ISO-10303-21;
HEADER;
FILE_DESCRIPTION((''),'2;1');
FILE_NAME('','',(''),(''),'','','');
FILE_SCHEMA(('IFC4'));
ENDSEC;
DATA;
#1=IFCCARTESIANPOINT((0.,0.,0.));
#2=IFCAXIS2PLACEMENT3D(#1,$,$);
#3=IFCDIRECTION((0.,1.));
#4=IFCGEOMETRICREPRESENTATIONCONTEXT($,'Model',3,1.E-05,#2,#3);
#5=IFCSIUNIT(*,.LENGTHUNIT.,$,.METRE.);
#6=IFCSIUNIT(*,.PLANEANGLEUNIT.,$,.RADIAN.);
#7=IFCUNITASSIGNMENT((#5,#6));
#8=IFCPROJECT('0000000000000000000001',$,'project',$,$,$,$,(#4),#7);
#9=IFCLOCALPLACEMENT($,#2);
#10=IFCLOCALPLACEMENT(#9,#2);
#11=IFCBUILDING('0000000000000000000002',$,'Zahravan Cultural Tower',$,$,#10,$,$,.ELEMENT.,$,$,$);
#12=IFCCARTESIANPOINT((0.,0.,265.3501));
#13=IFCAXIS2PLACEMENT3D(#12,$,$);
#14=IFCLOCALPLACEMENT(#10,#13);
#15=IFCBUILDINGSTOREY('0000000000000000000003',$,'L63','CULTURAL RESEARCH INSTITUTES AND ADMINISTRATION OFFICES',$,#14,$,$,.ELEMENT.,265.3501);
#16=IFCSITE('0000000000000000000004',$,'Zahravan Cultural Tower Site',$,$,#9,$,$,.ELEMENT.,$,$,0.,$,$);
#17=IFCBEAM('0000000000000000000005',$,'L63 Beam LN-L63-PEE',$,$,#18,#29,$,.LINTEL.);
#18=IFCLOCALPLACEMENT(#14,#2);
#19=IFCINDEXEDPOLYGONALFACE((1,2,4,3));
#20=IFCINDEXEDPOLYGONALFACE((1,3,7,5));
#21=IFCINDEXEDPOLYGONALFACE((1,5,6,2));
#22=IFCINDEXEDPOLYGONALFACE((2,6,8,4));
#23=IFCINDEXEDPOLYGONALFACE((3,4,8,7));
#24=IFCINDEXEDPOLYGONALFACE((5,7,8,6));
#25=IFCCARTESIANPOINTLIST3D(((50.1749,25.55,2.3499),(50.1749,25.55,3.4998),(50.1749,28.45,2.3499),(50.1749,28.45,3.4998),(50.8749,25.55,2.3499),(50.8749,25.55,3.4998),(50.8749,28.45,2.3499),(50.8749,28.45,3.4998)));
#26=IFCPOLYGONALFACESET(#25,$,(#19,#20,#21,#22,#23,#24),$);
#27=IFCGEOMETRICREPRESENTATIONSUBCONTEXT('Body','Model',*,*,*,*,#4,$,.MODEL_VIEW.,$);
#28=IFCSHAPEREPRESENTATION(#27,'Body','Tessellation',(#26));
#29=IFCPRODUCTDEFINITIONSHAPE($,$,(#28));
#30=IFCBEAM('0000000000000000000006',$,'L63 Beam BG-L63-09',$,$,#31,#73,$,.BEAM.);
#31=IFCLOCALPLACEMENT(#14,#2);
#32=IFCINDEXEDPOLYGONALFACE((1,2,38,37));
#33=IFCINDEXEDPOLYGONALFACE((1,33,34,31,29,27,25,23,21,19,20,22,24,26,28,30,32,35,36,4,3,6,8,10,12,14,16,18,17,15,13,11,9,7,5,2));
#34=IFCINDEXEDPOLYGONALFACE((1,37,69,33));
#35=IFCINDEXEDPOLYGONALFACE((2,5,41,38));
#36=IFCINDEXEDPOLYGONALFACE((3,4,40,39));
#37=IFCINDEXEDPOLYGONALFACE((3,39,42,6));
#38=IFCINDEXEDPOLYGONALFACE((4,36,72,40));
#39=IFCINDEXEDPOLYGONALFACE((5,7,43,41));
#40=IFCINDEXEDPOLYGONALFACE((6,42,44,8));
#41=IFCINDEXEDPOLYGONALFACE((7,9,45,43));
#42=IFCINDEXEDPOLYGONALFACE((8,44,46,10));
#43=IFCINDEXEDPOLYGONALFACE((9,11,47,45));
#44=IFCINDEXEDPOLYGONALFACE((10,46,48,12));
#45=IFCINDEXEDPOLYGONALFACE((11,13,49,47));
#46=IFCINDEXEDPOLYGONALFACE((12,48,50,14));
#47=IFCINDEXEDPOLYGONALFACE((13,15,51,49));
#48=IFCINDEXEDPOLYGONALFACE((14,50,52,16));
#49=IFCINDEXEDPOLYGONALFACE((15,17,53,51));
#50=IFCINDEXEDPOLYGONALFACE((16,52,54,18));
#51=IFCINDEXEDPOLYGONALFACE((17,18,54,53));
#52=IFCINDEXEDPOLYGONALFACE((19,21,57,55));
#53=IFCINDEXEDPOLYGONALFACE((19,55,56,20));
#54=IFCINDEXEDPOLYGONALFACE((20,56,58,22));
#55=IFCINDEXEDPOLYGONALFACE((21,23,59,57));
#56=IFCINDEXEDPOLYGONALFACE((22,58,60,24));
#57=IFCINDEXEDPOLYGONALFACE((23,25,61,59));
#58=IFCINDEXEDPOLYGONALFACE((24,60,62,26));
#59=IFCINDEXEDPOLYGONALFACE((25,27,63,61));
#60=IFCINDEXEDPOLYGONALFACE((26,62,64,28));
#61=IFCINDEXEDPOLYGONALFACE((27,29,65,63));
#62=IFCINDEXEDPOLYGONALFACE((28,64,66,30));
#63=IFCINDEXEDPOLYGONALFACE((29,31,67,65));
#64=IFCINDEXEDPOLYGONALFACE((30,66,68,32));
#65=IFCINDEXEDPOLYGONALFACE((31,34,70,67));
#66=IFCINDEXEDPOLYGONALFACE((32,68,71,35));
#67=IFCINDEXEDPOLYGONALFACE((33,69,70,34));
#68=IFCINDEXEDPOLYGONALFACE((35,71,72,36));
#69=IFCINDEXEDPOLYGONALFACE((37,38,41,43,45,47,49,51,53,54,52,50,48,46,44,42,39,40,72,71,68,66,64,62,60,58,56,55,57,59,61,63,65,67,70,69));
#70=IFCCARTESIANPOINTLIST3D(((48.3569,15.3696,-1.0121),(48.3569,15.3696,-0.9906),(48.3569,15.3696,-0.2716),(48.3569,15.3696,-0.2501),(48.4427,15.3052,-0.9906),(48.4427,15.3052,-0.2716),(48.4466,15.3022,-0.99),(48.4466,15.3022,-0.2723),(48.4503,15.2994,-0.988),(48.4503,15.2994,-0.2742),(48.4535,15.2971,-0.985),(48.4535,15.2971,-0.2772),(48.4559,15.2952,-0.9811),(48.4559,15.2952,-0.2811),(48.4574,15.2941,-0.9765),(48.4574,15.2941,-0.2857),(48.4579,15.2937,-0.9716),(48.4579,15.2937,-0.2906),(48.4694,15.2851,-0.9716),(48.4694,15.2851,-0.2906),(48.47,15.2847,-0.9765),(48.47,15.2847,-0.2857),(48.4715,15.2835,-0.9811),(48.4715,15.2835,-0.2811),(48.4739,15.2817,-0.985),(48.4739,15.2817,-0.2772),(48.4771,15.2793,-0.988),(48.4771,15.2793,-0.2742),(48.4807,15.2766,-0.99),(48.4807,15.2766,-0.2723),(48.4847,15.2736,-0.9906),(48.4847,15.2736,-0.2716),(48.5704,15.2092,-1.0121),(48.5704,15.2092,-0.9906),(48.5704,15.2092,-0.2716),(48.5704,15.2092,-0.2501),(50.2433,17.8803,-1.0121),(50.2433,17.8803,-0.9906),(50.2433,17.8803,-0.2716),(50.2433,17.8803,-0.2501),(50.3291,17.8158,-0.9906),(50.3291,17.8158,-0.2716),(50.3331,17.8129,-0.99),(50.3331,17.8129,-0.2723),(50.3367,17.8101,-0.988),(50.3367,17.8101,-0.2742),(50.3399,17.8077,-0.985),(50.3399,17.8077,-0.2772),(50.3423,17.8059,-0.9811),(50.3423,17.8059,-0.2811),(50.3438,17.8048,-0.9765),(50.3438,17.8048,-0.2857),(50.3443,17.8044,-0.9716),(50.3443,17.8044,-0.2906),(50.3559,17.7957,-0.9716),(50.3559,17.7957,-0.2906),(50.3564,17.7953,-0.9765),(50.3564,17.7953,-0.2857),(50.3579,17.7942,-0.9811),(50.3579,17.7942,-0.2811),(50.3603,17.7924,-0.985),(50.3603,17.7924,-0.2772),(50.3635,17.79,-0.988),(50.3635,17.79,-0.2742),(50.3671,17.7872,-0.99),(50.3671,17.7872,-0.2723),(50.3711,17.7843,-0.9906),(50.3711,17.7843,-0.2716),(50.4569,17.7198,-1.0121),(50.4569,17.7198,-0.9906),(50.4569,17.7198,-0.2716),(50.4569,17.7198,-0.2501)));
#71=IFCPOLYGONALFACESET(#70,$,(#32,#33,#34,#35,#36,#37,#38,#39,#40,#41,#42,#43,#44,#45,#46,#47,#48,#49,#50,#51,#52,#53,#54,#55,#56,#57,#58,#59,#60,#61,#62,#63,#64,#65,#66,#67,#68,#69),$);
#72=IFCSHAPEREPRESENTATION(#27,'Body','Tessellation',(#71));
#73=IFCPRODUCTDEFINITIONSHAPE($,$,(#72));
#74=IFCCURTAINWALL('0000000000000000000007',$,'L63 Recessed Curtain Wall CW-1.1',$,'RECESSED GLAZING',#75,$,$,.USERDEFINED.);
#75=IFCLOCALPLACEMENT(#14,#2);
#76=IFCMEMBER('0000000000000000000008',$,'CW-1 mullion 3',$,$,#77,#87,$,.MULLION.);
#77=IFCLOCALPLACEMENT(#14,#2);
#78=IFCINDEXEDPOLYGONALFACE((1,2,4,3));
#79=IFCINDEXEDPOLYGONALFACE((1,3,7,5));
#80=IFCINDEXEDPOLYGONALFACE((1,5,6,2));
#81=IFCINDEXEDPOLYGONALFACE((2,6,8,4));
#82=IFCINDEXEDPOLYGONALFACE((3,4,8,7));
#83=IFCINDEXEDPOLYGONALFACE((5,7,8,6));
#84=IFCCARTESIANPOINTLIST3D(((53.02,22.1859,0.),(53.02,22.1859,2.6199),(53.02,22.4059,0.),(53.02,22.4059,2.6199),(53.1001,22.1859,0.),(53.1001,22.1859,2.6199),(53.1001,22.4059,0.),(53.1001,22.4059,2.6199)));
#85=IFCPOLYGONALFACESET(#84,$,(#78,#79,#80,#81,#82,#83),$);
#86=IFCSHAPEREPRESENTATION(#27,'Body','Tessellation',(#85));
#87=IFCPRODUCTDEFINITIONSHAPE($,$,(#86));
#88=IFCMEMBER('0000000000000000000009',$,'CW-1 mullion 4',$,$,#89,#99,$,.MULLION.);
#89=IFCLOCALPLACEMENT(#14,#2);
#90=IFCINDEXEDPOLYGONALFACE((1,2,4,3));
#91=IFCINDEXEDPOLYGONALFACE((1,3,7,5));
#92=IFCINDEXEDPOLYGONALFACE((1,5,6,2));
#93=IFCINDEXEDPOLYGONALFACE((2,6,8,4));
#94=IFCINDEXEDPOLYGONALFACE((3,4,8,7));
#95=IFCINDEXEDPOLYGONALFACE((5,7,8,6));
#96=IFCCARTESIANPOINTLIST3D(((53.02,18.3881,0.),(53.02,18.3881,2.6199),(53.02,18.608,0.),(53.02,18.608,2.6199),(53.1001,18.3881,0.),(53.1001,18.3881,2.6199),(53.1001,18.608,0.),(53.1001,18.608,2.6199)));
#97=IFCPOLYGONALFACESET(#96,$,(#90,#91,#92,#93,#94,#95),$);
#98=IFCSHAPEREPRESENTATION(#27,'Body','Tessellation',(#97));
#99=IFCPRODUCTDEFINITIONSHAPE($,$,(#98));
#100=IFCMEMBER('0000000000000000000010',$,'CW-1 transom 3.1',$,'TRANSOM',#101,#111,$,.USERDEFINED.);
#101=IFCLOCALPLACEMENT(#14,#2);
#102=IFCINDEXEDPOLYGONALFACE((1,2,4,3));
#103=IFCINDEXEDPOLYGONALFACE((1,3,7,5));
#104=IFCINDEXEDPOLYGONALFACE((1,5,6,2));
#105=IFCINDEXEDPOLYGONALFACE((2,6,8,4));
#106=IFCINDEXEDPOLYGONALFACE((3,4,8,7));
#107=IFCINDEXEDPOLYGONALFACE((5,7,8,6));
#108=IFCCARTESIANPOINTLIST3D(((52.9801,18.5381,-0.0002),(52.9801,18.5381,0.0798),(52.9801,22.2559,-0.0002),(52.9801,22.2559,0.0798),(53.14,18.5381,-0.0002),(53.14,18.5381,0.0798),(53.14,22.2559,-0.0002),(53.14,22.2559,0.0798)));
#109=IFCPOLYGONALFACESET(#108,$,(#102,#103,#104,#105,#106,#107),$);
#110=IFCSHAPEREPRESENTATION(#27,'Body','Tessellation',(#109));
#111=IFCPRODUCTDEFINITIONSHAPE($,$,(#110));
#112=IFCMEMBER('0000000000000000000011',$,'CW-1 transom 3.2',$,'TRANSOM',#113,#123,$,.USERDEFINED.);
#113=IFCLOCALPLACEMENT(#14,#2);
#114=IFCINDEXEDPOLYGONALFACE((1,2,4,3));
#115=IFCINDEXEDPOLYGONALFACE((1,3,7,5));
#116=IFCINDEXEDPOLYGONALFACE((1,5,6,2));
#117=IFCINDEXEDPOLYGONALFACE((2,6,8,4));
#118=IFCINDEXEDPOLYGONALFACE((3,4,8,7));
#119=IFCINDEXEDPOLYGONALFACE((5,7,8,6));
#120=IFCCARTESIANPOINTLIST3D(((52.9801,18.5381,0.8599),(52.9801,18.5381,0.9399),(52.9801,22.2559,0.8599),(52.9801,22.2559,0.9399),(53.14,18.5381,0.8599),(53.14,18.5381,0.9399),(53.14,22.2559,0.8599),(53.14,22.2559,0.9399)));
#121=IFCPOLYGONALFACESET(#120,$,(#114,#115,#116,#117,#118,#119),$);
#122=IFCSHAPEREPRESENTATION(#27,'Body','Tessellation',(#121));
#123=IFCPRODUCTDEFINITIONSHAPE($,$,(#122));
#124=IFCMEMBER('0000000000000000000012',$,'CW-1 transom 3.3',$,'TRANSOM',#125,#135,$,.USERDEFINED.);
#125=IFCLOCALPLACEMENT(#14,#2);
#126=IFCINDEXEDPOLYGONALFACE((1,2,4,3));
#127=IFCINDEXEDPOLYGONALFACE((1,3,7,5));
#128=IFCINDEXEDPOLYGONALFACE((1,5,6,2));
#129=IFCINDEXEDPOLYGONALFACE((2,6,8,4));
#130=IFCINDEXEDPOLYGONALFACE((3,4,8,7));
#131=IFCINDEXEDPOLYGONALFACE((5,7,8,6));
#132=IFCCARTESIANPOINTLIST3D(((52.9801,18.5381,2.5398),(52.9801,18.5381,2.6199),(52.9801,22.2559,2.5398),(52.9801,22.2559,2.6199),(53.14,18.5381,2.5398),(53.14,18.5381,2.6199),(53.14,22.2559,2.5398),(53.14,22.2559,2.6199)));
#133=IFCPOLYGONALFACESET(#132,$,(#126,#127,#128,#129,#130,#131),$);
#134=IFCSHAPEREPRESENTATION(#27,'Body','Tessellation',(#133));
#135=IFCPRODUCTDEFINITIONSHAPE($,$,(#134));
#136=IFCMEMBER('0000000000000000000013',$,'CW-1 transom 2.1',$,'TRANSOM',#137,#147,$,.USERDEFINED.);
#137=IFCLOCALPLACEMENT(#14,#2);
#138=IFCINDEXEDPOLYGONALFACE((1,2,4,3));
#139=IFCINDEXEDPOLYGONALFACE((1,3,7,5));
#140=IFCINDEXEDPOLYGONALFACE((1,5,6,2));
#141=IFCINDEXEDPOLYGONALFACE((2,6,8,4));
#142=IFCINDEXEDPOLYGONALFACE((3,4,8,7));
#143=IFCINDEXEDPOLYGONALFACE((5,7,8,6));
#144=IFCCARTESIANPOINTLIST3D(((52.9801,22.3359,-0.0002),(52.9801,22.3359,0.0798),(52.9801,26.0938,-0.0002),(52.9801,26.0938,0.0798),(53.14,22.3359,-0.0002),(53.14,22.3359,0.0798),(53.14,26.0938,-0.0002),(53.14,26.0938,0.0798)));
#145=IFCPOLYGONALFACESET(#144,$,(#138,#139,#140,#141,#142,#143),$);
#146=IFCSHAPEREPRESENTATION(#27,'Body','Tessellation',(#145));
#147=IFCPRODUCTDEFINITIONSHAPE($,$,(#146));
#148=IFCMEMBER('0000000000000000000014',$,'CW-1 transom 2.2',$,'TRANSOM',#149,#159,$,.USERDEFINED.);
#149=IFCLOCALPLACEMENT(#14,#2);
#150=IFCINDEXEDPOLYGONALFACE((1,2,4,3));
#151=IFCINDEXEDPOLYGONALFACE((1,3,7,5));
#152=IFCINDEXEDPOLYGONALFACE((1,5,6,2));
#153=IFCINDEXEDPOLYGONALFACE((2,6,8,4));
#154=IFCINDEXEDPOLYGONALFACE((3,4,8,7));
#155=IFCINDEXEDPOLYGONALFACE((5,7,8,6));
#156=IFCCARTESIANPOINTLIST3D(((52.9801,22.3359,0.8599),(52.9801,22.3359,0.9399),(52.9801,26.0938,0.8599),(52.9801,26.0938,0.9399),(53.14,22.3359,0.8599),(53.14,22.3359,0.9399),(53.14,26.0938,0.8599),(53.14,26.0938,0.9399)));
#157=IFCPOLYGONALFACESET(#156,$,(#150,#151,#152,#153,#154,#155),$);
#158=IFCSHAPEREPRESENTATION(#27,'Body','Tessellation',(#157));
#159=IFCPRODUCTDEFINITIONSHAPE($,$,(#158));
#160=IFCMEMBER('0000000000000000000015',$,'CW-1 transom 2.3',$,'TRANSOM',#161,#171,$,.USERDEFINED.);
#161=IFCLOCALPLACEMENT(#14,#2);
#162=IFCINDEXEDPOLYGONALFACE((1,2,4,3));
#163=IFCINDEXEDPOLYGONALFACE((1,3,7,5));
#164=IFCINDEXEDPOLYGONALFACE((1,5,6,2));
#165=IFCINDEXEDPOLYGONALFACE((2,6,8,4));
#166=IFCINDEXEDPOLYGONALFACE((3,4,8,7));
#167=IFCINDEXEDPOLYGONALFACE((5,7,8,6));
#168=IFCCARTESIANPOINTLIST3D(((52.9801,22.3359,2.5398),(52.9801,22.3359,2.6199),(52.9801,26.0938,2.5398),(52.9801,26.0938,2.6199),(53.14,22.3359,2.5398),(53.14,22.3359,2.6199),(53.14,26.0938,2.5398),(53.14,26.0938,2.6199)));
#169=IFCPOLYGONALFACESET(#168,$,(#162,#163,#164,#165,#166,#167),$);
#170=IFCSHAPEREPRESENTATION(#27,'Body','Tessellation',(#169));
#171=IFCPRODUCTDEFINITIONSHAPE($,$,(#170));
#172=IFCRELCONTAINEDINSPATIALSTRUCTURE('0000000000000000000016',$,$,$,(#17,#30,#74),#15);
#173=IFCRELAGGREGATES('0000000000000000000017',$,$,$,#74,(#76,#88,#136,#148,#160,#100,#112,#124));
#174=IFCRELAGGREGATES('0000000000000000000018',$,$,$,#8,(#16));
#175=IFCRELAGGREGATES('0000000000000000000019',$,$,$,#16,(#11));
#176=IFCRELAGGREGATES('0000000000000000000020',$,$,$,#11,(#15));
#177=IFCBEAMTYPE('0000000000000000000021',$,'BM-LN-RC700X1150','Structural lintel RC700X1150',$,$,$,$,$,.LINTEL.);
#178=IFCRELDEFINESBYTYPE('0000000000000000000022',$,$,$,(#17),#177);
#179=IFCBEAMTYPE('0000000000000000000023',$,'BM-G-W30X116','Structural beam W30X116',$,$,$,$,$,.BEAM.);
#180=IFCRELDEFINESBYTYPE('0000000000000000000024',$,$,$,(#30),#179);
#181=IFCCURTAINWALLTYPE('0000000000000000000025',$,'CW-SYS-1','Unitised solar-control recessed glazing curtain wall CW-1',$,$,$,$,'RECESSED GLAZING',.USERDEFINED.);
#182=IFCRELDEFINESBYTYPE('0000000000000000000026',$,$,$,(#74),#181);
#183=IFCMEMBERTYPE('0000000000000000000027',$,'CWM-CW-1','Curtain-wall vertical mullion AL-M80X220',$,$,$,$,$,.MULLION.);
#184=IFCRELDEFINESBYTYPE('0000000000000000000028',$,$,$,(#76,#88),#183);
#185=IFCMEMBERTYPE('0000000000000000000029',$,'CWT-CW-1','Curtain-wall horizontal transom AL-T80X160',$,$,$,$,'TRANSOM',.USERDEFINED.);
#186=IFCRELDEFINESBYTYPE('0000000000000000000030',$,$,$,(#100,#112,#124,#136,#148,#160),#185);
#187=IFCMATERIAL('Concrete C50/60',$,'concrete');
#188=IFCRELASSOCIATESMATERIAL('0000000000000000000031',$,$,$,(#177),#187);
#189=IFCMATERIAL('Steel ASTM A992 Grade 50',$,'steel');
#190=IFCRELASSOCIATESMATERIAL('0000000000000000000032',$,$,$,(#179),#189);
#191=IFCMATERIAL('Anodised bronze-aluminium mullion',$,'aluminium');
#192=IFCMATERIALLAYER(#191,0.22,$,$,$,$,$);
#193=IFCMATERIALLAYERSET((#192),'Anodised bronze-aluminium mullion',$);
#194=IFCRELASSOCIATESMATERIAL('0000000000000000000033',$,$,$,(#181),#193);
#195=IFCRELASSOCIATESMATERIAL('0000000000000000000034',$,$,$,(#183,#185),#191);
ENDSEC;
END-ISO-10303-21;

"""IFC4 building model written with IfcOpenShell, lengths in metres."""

from ifc_helpers import new_model, si_unit, direction, frame, origin, origin_2d, place, context, subcontext, project, spatial, rectangle, i_section, extrude, source, transform, mapped, material, layer, layer_set, material_profile, profile_set, type_object, element, aggregate, save


model = new_model("IFC4")

# Units and contexts
model_context = context("Model", 3, precision=1e-05, world=origin(), true_north=direction((0.0, 1.0)))
body_context = subcontext(model_context, "Body", "Model", "MODEL_VIEW")
ifc_project = project(units=[si_unit("LENGTHUNIT", "METRE"), si_unit("PLANEANGLEUNIT", "RADIAN")], contexts=[model_context])

# Site, building, storey
site_placement = place(None, origin())
site = spatial("IfcSite", under=ifc_project, at=site_placement, Name="Zahravan Cultural Tower Site", CompositionType="ELEMENT", RefElevation=0.0)
building_placement = place(site_placement, origin())
building = spatial("IfcBuilding", under=site, at=building_placement, Name="Zahravan Cultural Tower", CompositionType="ELEMENT")
storey_placement = place(building_placement, frame((0.0, 0.0, 265.3501)))
storey = spatial("IfcBuildingStorey", under=building, at=storey_placement, Name="L63", Description="CULTURAL RESEARCH INSTITUTES AND ADMINISTRATION OFFICES", CompositionType="ELEMENT", Elevation=265.3501)

# Beams
ifc_material_1 = material(Name="Concrete C50/60", Category="concrete")
ifc_material_profile_1 = material_profile(ifc_material_1, rectangle(XDim=0.7, YDim=1.1499, at=origin_2d()), Name="RC700X1150")
ifc_profile_set_1 = profile_set([ifc_material_profile_1], Name="Concrete C50/60")
beam_type_1 = type_object("IfcBeamType", Name="BM-LN-RC700X1150", Description="Structural lintel RC700X1150", PredefinedType="LINTEL", material=ifc_profile_set_1)
shared_shape_1 = source(origin(), body_context, "Body", "SweptSolid", [
    extrude(rectangle(XDim=0.7, YDim=1.1499, at=origin_2d()), origin(), (0.0, 0.0, 1.0), 2.8999),
])
beam_1_placement = place(storey_placement, frame((50.5249, 25.55, 2.9248), z_axis=(0.0, 1.0, 0.0), x_axis=(-1.0, 0.0, 0.0)))
element("IfcBeam", 1, at=beam_1_placement, inside=storey, type_object=beam_type_1, Name="L63 Beam LN-L63-PEE", PredefinedType="LINTEL", context=body_context, shape_type="MappedRepresentation", body=[
    mapped(shared_shape_1, transform((0.0, 0.0, 0.0), x_axis=(1.0, 0.0, 0.0), y_axis=(0.0, 1.0, 0.0), z_axis=(0.0, 0.0, 1.0), scale=1.0)),
])
ifc_material_2 = material(Name="Steel ASTM A992 Grade 50", Category="steel")
ifc_material_profile_2 = material_profile(ifc_material_2, i_section(OverallWidth=0.2671, OverallDepth=0.762, WebThickness=0.0144, FlangeThickness=0.0215, FilletRadius=0.019, at=origin_2d()), Name="W30X116")
ifc_profile_set_2 = profile_set([ifc_material_profile_2], Name="Steel ASTM A992 Grade 50")
beam_type_2 = type_object("IfcBeamType", Name="BM-G-W30X116", Description="Structural beam W30X116", PredefinedType="BEAM", material=ifc_profile_set_2)
shared_shape_2 = source(origin(), body_context, "Body", "SweptSolid", [
    extrude(i_section(OverallWidth=0.2671, OverallDepth=0.762, WebThickness=0.0144, FlangeThickness=0.0215, FilletRadius=0.019, at=origin_2d()), origin(), (0.0, 0.0, 1.0), 3.1404),
])
beam_2_placement = place(storey_placement, frame((50.3501, 17.8, -0.6311), z_axis=(-0.600696, -0.799477, 0.0), x_axis=(0.799477, -0.600696, 0.0)))
element("IfcBeam", 2, at=beam_2_placement, inside=storey, type_object=beam_type_2, Name="L63 Beam BG-L63-09", PredefinedType="BEAM", context=body_context, shape_type="MappedRepresentation", body=[
    mapped(shared_shape_2, transform((0.0, 0.0, 0.0), x_axis=(1.0, 0.0, 0.0), y_axis=(0.0, 1.0, 0.0), z_axis=(0.0, 0.0, 1.0), scale=1.0)),
])

# Curtain wall, members
ifc_material_3 = material(Name="Anodised bronze-aluminium mullion", Category="aluminium")
ifc_layer_1 = layer(ifc_material_3, 0.22)
ifc_layer_set_1 = layer_set([ifc_layer_1], Name="Anodised bronze-aluminium mullion")
curtain_wall_type = type_object("IfcCurtainWallType", Name="CW-SYS-1", Description="Unitised solar-control recessed glazing curtain wall CW-1", ElementType="RECESSED GLAZING", PredefinedType="USERDEFINED", material=ifc_layer_set_1)
curtain_wall_placement = place(storey_placement, origin())
curtain_wall = element("IfcCurtainWall", 3, at=curtain_wall_placement, inside=storey, type_object=curtain_wall_type, Name="L63 Recessed Curtain Wall CW-1.1", ObjectType="RECESSED GLAZING", PredefinedType="USERDEFINED")
ifc_material_profile_3 = material_profile(ifc_material_3, rectangle(XDim=0.0801, YDim=0.22, at=origin_2d()), Name="AL-M80X220")
ifc_profile_set_3 = profile_set([ifc_material_profile_3], Name="Anodised bronze-aluminium mullion")
member_type_1 = type_object("IfcMemberType", Name="CWM-CW-1", Description="Curtain-wall vertical mullion AL-M80X220", PredefinedType="MULLION", material=ifc_profile_set_3)
shared_shape_3 = source(origin(), body_context, "Body", "SweptSolid", [
    extrude(rectangle(XDim=0.0801, YDim=0.22, at=origin_2d()), origin(), (0.0, 0.0, 1.0), 2.6199),
])
member_1_placement = place(storey_placement, frame((53.0601, 22.2959, 0.0), z_axis=(0.0, 0.0, 1.0), x_axis=(1.0, 0.0, 0.0)))
member_1 = element("IfcMember", 4, at=member_1_placement, type_object=member_type_1, Name="CW-1 mullion 3", PredefinedType="MULLION", context=body_context, shape_type="MappedRepresentation", body=[
    mapped(shared_shape_3, transform((0.0, 0.0, 0.0), x_axis=(1.0, 0.0, 0.0), y_axis=(0.0, 1.0, 0.0), z_axis=(0.0, 0.0, 1.0), scale=1.0)),
])
member_2_placement = place(storey_placement, frame((53.0601, 18.498, 0.0), z_axis=(0.0, 0.0, 1.0), x_axis=(1.0, 0.0, 0.0)))
member_2 = element("IfcMember", 5, at=member_2_placement, type_object=member_type_1, Name="CW-1 mullion 4", PredefinedType="MULLION", context=body_context, shape_type="MappedRepresentation", body=[
    mapped(shared_shape_3, transform((0.0, 0.0, 0.0), x_axis=(1.0, 0.0, 0.0), y_axis=(0.0, 1.0, 0.0), z_axis=(0.0, 0.0, 1.0), scale=1.0)),
])
ifc_material_profile_4 = material_profile(ifc_material_3, rectangle(XDim=0.1599, YDim=0.0801, at=origin_2d()), Name="AL-T80X160")
ifc_profile_set_4 = profile_set([ifc_material_profile_4], Name="Anodised bronze-aluminium mullion")
member_type_2 = type_object("IfcMemberType", Name="CWT-CW-1", Description="Curtain-wall horizontal transom AL-T80X160", ElementType="TRANSOM", PredefinedType="USERDEFINED", material=ifc_profile_set_4)
shared_shape_4 = source(origin(), body_context, "Body", "SweptSolid", [
    extrude(rectangle(XDim=0.1599, YDim=0.0801, at=origin_2d()), origin(), (0.0, 0.0, 1.0), 3.7178),
])
member_3_placement = place(storey_placement, frame((53.0601, 22.2559, 0.0398), z_axis=(0.0, -1.0, 0.0), x_axis=(1.0, 0.0, 0.0)))
member_3 = element("IfcMember", 6, at=member_3_placement, type_object=member_type_2, Name="CW-1 transom 3.1", ObjectType="TRANSOM", PredefinedType="USERDEFINED", context=body_context, shape_type="MappedRepresentation", body=[
    mapped(shared_shape_4, transform((0.0, 0.0, 0.0), x_axis=(1.0, 0.0, 0.0), y_axis=(0.0, 1.0, 0.0), z_axis=(0.0, 0.0, 1.0), scale=1.0)),
])
member_4_placement = place(storey_placement, frame((53.0601, 22.2559, 0.8999), z_axis=(0.0, -1.0, 0.0), x_axis=(1.0, 0.0, 0.0)))
member_4 = element("IfcMember", 7, at=member_4_placement, type_object=member_type_2, Name="CW-1 transom 3.2", ObjectType="TRANSOM", PredefinedType="USERDEFINED", context=body_context, shape_type="MappedRepresentation", body=[
    mapped(shared_shape_4, transform((0.0, 0.0, 0.0), x_axis=(1.0, 0.0, 0.0), y_axis=(0.0, 1.0, 0.0), z_axis=(0.0, 0.0, 1.0), scale=1.0)),
])
member_5_placement = place(storey_placement, frame((53.0601, 22.2559, 2.5798), z_axis=(0.0, -1.0, 0.0), x_axis=(1.0, 0.0, 0.0)))
member_5 = element("IfcMember", 8, at=member_5_placement, type_object=member_type_2, Name="CW-1 transom 3.3", ObjectType="TRANSOM", PredefinedType="USERDEFINED", context=body_context, shape_type="MappedRepresentation", body=[
    mapped(shared_shape_4, transform((0.0, 0.0, 0.0), x_axis=(1.0, 0.0, 0.0), y_axis=(0.0, 1.0, 0.0), z_axis=(0.0, 0.0, 1.0), scale=1.0)),
])
shared_shape_5 = source(origin(), body_context, "Body", "SweptSolid", [
    extrude(rectangle(XDim=0.1599, YDim=0.0801, at=origin_2d()), origin(), (0.0, 0.0, 1.0), 3.7578),
])
member_6_placement = place(storey_placement, frame((53.0601, 26.0938, 0.0398), z_axis=(0.0, -1.0, 0.0), x_axis=(1.0, 0.0, 0.0)))
member_6 = element("IfcMember", 9, at=member_6_placement, type_object=member_type_2, Name="CW-1 transom 2.1", ObjectType="TRANSOM", PredefinedType="USERDEFINED", context=body_context, shape_type="MappedRepresentation", body=[
    mapped(shared_shape_5, transform((0.0, 0.0, 0.0), x_axis=(1.0, 0.0, 0.0), y_axis=(0.0, 1.0, 0.0), z_axis=(0.0, 0.0, 1.0), scale=1.0)),
])
member_7_placement = place(storey_placement, frame((53.0601, 26.0938, 0.8999), z_axis=(0.0, -1.0, 0.0), x_axis=(1.0, 0.0, 0.0)))
member_7 = element("IfcMember", 10, at=member_7_placement, type_object=member_type_2, Name="CW-1 transom 2.2", ObjectType="TRANSOM", PredefinedType="USERDEFINED", context=body_context, shape_type="MappedRepresentation", body=[
    mapped(shared_shape_5, transform((0.0, 0.0, 0.0), x_axis=(1.0, 0.0, 0.0), y_axis=(0.0, 1.0, 0.0), z_axis=(0.0, 0.0, 1.0), scale=1.0)),
])
member_8_placement = place(storey_placement, frame((53.0601, 26.0938, 2.5798), z_axis=(0.0, -1.0, 0.0), x_axis=(1.0, 0.0, 0.0)))
member_8 = element("IfcMember", 11, at=member_8_placement, type_object=member_type_2, Name="CW-1 transom 2.3", ObjectType="TRANSOM", PredefinedType="USERDEFINED", context=body_context, shape_type="MappedRepresentation", body=[
    mapped(shared_shape_5, transform((0.0, 0.0, 0.0), x_axis=(1.0, 0.0, 0.0), y_axis=(0.0, 1.0, 0.0), z_axis=(0.0, 0.0, 1.0), scale=1.0)),
])
aggregate(curtain_wall, [member_1, member_2, member_6, member_7, member_8, member_3, member_4, member_5])

save(model, "model.ifc")
